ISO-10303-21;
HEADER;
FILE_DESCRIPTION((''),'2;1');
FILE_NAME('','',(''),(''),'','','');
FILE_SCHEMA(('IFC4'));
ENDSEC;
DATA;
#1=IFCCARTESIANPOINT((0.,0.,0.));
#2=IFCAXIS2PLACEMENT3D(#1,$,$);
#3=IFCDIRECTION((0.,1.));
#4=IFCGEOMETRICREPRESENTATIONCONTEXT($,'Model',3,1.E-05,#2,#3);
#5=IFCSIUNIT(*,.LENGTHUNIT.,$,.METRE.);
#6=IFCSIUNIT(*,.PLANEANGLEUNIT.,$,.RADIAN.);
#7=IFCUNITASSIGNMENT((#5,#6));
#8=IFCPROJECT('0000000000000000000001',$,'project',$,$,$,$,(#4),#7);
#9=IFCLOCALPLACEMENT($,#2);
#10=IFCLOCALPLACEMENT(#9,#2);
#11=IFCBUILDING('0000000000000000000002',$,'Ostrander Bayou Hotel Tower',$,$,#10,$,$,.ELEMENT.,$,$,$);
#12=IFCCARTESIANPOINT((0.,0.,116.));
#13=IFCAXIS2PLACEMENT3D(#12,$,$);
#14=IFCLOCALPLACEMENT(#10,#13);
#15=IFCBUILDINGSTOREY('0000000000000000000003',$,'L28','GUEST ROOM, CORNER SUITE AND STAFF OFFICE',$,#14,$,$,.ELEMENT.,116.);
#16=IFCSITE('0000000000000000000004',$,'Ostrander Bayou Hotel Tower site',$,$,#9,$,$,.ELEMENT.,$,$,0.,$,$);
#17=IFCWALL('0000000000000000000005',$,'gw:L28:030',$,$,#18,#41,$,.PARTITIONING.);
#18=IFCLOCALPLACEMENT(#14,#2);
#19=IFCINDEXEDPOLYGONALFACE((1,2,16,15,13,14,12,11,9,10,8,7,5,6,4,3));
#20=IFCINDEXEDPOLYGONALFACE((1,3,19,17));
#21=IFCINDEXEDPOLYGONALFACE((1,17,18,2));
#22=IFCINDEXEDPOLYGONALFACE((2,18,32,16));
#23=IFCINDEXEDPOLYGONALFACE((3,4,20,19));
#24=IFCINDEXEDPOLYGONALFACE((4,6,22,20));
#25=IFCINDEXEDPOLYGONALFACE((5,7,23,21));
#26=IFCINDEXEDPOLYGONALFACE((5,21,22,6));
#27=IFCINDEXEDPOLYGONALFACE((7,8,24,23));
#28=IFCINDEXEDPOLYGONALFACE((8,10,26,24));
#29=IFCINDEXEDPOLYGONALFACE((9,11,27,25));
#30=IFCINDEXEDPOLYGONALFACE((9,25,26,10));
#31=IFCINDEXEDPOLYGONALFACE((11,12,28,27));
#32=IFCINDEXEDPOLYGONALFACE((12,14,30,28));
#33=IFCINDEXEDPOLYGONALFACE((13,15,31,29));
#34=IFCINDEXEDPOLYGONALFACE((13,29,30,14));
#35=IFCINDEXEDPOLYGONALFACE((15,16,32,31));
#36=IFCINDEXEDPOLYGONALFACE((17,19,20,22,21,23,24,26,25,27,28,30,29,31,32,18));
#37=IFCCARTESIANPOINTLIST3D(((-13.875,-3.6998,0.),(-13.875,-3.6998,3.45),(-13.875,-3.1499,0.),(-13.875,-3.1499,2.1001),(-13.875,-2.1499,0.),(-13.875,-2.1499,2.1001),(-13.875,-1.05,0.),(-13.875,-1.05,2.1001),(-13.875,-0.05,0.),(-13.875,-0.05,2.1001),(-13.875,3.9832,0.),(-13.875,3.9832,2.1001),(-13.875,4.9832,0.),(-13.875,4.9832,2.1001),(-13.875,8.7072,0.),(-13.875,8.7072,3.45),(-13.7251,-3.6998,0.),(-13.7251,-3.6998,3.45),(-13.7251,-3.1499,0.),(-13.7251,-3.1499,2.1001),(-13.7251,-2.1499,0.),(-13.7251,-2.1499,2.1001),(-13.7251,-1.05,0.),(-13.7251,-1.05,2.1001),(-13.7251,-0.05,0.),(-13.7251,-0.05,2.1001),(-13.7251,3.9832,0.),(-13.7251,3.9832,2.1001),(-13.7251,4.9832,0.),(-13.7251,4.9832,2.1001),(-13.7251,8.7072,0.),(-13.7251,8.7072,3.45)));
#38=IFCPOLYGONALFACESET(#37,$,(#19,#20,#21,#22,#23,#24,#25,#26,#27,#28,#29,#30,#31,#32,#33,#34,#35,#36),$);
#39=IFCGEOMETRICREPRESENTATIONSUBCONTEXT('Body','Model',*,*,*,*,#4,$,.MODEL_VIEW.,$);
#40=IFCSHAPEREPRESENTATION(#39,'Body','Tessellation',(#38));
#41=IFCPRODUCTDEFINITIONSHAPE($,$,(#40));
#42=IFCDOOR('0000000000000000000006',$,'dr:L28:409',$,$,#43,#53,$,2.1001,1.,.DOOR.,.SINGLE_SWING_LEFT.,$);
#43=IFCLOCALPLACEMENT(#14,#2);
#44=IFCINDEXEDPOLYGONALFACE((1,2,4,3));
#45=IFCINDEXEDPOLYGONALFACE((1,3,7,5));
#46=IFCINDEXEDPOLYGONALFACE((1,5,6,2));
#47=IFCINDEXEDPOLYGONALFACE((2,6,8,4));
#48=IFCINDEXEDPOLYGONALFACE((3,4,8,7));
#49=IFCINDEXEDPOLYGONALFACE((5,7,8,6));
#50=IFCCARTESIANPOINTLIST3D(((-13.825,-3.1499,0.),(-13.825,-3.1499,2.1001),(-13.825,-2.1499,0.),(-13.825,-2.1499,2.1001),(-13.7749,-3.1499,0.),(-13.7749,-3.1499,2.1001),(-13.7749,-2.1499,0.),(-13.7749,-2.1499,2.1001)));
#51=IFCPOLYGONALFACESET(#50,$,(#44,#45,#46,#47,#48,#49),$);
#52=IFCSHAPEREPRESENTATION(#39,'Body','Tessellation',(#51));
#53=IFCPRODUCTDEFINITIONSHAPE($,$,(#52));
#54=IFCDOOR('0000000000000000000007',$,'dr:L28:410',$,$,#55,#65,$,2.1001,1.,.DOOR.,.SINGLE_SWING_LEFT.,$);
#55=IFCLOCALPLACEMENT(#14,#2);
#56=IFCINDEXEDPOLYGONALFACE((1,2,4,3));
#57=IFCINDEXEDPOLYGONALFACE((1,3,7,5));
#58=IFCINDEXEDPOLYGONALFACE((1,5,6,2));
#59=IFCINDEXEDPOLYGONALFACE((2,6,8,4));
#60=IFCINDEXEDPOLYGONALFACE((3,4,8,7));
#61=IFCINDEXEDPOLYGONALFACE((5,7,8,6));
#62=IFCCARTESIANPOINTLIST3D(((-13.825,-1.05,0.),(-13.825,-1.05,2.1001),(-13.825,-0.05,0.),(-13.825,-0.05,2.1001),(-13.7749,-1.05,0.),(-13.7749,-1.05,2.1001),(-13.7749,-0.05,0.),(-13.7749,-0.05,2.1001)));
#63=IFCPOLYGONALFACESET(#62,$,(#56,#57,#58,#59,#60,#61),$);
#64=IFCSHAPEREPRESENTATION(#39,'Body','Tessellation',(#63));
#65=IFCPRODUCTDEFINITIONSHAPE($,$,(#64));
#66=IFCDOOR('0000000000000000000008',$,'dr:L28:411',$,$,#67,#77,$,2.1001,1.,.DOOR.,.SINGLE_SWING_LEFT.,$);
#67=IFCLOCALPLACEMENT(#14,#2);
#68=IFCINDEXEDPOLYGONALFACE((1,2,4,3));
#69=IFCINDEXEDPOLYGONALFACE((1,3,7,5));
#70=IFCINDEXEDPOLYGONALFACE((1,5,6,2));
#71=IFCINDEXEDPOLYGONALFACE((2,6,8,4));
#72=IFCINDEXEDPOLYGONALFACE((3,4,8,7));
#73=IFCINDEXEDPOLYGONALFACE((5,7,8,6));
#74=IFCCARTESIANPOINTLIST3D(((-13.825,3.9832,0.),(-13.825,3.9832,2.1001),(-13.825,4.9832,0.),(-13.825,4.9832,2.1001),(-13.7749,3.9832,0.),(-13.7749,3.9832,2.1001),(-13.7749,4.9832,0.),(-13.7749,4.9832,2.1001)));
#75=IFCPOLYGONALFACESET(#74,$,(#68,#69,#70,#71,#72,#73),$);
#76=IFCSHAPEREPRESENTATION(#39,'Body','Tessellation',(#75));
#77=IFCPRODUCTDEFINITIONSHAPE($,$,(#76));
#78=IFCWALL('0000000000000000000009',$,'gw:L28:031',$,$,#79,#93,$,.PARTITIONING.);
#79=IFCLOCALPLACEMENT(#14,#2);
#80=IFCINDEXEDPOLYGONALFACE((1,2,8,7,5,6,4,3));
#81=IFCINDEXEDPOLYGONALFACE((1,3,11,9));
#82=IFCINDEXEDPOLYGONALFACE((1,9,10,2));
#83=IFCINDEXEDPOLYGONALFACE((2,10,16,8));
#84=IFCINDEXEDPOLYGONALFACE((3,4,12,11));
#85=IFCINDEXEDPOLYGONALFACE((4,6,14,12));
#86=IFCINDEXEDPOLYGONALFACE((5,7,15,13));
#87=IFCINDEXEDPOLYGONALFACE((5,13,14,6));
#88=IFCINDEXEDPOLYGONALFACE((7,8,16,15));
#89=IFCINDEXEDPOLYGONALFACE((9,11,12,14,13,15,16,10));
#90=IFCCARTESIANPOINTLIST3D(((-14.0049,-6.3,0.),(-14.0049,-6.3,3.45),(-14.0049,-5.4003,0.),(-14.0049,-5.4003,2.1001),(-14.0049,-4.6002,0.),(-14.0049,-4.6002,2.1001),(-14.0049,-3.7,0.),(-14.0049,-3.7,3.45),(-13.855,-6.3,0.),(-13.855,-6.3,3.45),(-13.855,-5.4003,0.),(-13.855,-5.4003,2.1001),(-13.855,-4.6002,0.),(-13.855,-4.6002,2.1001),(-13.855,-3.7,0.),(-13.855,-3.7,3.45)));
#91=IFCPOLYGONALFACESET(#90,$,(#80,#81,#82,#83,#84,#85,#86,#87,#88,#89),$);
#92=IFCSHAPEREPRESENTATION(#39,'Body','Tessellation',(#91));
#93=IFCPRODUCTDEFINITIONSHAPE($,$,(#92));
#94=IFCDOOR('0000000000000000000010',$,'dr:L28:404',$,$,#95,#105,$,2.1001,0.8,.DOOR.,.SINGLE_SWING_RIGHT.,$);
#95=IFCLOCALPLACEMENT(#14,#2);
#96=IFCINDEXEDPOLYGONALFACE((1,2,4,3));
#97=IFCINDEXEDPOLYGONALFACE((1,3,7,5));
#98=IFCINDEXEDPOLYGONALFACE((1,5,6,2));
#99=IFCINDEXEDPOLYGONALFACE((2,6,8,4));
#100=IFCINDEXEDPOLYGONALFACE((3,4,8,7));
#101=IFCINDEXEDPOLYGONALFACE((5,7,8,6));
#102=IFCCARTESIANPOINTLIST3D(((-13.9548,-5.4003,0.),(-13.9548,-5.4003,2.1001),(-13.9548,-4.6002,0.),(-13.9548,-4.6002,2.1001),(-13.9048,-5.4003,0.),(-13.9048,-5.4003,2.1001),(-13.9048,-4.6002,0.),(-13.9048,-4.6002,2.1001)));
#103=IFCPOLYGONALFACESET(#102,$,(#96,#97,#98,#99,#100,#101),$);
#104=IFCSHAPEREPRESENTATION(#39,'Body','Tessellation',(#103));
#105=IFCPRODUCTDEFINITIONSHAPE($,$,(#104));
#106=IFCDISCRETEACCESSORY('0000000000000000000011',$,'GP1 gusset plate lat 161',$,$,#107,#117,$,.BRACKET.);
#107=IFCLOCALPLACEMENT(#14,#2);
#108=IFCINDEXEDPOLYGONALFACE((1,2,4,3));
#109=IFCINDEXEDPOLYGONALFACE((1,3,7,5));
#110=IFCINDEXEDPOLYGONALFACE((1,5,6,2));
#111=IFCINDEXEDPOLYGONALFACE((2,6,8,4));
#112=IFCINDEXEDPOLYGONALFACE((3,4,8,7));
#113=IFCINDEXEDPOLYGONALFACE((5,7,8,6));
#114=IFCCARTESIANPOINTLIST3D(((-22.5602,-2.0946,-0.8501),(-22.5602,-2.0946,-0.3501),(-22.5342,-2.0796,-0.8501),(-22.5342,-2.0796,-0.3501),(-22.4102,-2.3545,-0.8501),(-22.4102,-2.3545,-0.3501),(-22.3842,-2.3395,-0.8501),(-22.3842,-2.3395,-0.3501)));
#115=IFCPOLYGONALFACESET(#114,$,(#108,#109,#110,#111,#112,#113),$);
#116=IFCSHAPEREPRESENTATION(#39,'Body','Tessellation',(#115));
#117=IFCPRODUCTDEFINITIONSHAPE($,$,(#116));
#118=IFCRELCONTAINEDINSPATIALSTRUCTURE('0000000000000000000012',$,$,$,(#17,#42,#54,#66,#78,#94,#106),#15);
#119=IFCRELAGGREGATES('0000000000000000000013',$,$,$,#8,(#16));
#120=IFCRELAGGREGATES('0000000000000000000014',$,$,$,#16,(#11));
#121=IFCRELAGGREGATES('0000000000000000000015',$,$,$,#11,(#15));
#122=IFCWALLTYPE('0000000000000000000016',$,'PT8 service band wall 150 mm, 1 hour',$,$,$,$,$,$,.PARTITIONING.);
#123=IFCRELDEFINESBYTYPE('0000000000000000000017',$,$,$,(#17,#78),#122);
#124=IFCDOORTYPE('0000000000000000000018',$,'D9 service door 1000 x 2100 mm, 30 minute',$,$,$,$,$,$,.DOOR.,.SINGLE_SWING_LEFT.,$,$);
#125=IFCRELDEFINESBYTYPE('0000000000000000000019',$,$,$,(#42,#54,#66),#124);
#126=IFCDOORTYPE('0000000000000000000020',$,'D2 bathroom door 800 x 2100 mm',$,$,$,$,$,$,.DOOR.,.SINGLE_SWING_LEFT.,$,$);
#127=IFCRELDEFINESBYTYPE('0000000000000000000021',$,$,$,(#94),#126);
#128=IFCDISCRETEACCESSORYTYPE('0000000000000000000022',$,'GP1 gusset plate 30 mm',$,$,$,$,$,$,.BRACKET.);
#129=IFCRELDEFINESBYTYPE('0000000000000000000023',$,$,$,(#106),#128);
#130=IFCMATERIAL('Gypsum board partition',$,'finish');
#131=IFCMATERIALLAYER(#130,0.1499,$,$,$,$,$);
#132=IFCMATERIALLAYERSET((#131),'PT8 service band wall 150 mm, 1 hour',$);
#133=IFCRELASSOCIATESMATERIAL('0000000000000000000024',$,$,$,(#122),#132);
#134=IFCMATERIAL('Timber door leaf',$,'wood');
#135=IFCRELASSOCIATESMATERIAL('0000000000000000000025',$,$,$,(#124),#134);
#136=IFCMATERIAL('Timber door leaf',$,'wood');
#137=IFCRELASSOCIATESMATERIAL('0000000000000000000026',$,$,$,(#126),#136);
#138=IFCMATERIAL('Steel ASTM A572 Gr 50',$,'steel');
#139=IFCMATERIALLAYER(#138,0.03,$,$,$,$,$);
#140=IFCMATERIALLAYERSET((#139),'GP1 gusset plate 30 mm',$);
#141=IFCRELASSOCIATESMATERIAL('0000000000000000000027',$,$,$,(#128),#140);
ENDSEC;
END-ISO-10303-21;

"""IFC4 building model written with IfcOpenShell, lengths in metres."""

from ifc_helpers import new_model, si_unit, direction, frame, frame_2d, origin, origin_2d, place, context, subcontext, project, spatial, rectangle, extrude, material, layer, layer_set, type_object, element, fill, save


model = new_model("IFC4")

# Units and contexts
model_context = context("Model", 3, precision=1e-05, world=origin(), true_north=direction((0.0, 1.0)))
body_context = subcontext(model_context, "Body", "Model", "MODEL_VIEW")
ifc_project = project(units=[si_unit("LENGTHUNIT", "METRE"), si_unit("PLANEANGLEUNIT", "RADIAN")], contexts=[model_context])

# Site, building, storey
site_placement = place(None, origin())
site = spatial("IfcSite", under=ifc_project, at=site_placement, Name="Ostrander Bayou Hotel Tower site", CompositionType="ELEMENT", RefElevation=0.0)
building_placement = place(site_placement, origin())
building = spatial("IfcBuilding", under=site, at=building_placement, Name="Ostrander Bayou Hotel Tower", CompositionType="ELEMENT")
storey_placement = place(building_placement, frame((0.0, 0.0, 116.0)))
storey = spatial("IfcBuildingStorey", under=building, at=storey_placement, Name="L28", Description="GUEST ROOM, CORNER SUITE AND STAFF OFFICE", CompositionType="ELEMENT", Elevation=116.0)

# Shared definitions
ifc_material_1 = material(Name="Gypsum board partition", Category="finish")
ifc_layer_1 = layer(ifc_material_1, 0.1499)
ifc_layer_set_1 = layer_set([ifc_layer_1], Name="PT8 service band wall 150 mm, 1 hour")
wall_type_1 = type_object("IfcWallType", Name="PT8 service band wall 150 mm, 1 hour", PredefinedType="PARTITIONING", material=ifc_layer_set_1)

# Wall, openings, doors
wall_1_placement = place(storey_placement, frame((-13.8, -3.7, 0.0), z_axis=(0.0, 0.0, 1.0), x_axis=(0.0, 1.0, 0.0)))
wall_1 = element("IfcWall", 1, at=wall_1_placement, inside=storey, type_object=wall_type_1, Name="gw:L28:030", PredefinedType="PARTITIONING", context=body_context, shape_type="SweptSolid", body=[
    extrude(rectangle(XDim=12.407, YDim=0.1499, at=frame_2d((6.2036, 0.0))), origin(), (0.0, 0.0, 1.0), 3.45),
])
opening_1_placement = place(wall_1_placement, frame((0.55, 0.0, 0.0)))
opening_1 = element("IfcOpeningElement", 2, at=opening_1_placement, cuts=wall_1, PredefinedType="OPENING", context=body_context, shape_type="SweptSolid", body=[
    extrude(rectangle(XDim=1.0, YDim=2.1001, at=frame_2d((0.5, 1.05))), frame((0.0, 0.075, 0.0), z_axis=(0.0, -1.0, 0.0), x_axis=(1.0, 0.0, 0.0)), (0.0, 0.0, 1.0), 0.1499),
])
opening_2_placement = place(wall_1_placement, frame((2.6499, 0.0, 0.0)))
opening_2 = element("IfcOpeningElement", 3, at=opening_2_placement, cuts=wall_1, PredefinedType="OPENING", context=body_context, shape_type="SweptSolid", body=[
    extrude(rectangle(XDim=1.0, YDim=2.1001, at=frame_2d((0.5, 1.05))), frame((0.0, 0.075, 0.0), z_axis=(0.0, -1.0, 0.0), x_axis=(1.0, 0.0, 0.0)), (0.0, 0.0, 1.0), 0.1499),
])
opening_3_placement = place(wall_1_placement, frame((7.6831, 0.0, 0.0)))
opening_3 = element("IfcOpeningElement", 4, at=opening_3_placement, cuts=wall_1, PredefinedType="OPENING", context=body_context, shape_type="SweptSolid", body=[
    extrude(rectangle(XDim=1.0, YDim=2.1001, at=frame_2d((0.5, 1.05))), frame((0.0, 0.075, 0.0), z_axis=(0.0, -1.0, 0.0), x_axis=(1.0, 0.0, 0.0)), (0.0, 0.0, 1.0), 0.1499),
])
ifc_material_2 = material(Name="Timber door leaf", Category="wood")
door_type_1 = type_object("IfcDoorType", Name="D9 service door 1000 x 2100 mm, 30 minute", OperationType="SINGLE_SWING_LEFT", PredefinedType="DOOR", material=ifc_material_2)
door_1_placement = place(opening_1_placement, origin())
door_1 = element("IfcDoor", 5, at=door_1_placement, inside=storey, type_object=door_type_1, Name="dr:L28:409", OperationType="SINGLE_SWING_LEFT", OverallHeight=2.1001, OverallWidth=1.0, PredefinedType="DOOR", context=body_context, shape_type="SweptSolid", body=[
    extrude(rectangle(XDim=1.0, YDim=2.1001, at=frame_2d((0.5, 1.05))), frame((0.0, 0.0249, 0.0), z_axis=(0.0, -1.0, 0.0), x_axis=(1.0, 0.0, 0.0)), (0.0, 0.0, 1.0), 0.05),
])
fill(opening_1, door_1)
door_2_placement = place(opening_2_placement, origin())
door_2 = element("IfcDoor", 6, at=door_2_placement, inside=storey, type_object=door_type_1, Name="dr:L28:410", OperationType="SINGLE_SWING_LEFT", OverallHeight=2.1001, OverallWidth=1.0, PredefinedType="DOOR", context=body_context, shape_type="SweptSolid", body=[
    extrude(rectangle(XDim=1.0, YDim=2.1001, at=frame_2d((0.5, 1.05))), frame((0.0, 0.0249, 0.0), z_axis=(0.0, -1.0, 0.0), x_axis=(1.0, 0.0, 0.0)), (0.0, 0.0, 1.0), 0.05),
])
fill(opening_2, door_2)
door_3_placement = place(opening_3_placement, origin())
door_3 = element("IfcDoor", 7, at=door_3_placement, inside=storey, type_object=door_type_1, Name="dr:L28:411", OperationType="SINGLE_SWING_LEFT", OverallHeight=2.1001, OverallWidth=1.0, PredefinedType="DOOR", context=body_context, shape_type="SweptSolid", body=[
    extrude(rectangle(XDim=1.0, YDim=2.1001, at=frame_2d((0.5, 1.05))), frame((0.0, 0.0249, 0.0), z_axis=(0.0, -1.0, 0.0), x_axis=(1.0, 0.0, 0.0)), (0.0, 0.0, 1.0), 0.05),
])
fill(opening_3, door_3)

# Wall, opening, door
wall_2_placement = place(storey_placement, frame((-13.9299, -6.3, 0.0), z_axis=(0.0, 0.0, 1.0), x_axis=(0.0, 1.0, 0.0)))
wall_2 = element("IfcWall", 8, at=wall_2_placement, inside=storey, type_object=wall_type_1, Name="gw:L28:031", PredefinedType="PARTITIONING", context=body_context, shape_type="SweptSolid", body=[
    extrude(rectangle(XDim=2.6001, YDim=0.1499, at=frame_2d((1.3, 0.0))), origin(), (0.0, 0.0, 1.0), 3.45),
])
opening_4_placement = place(wall_2_placement, frame((0.8999, 0.0, 0.0)))
opening_4 = element("IfcOpeningElement", 9, at=opening_4_placement, cuts=wall_2, PredefinedType="OPENING", context=body_context, shape_type="SweptSolid", body=[
    extrude(rectangle(XDim=0.8, YDim=2.1001, at=frame_2d((0.3999, 1.05))), frame((0.0, 0.075, 0.0), z_axis=(0.0, -1.0, 0.0), x_axis=(1.0, 0.0, 0.0)), (0.0, 0.0, 1.0), 0.1499),
])
ifc_material_3 = material(Name="Timber door leaf", Category="wood")
door_type_2 = type_object("IfcDoorType", Name="D2 bathroom door 800 x 2100 mm", OperationType="SINGLE_SWING_LEFT", PredefinedType="DOOR", material=ifc_material_3)
door_4_placement = place(opening_4_placement, origin())
door_4 = element("IfcDoor", 10, at=door_4_placement, inside=storey, type_object=door_type_2, Name="dr:L28:404", OperationType="SINGLE_SWING_RIGHT", OverallHeight=2.1001, OverallWidth=0.8, PredefinedType="DOOR", context=body_context, shape_type="SweptSolid", body=[
    extrude(rectangle(XDim=0.8, YDim=2.1001, at=frame_2d((0.3999, 1.05))), frame((0.0, 0.0249, 0.0), z_axis=(0.0, -1.0, 0.0), x_axis=(1.0, 0.0, 0.0)), (0.0, 0.0, 1.0), 0.05),
])
fill(opening_4, door_4)

# Discrete accessory
ifc_material_4 = material(Name="Steel ASTM A572 Gr 50", Category="steel")
ifc_layer_2 = layer(ifc_material_4, 0.03)
ifc_layer_set_2 = layer_set([ifc_layer_2], Name="GP1 gusset plate 30 mm")
discrete_accessory_type = type_object("IfcDiscreteAccessoryType", Name="GP1 gusset plate 30 mm", PredefinedType="BRACKET", material=ifc_layer_set_2)
discrete_accessory_placement = place(storey_placement, frame((-22.4722, -2.217, -0.8501), z_axis=(0.0, 0.0, 1.0), x_axis=(0.5, -0.866025, 0.0)))
element("IfcDiscreteAccessory", 11, at=discrete_accessory_placement, inside=storey, type_object=discrete_accessory_type, Name="GP1 gusset plate lat 161", PredefinedType="BRACKET", context=body_context, shape_type="SweptSolid", body=[
    extrude(rectangle(XDim=0.3, YDim=0.03, at=origin_2d()), origin(), (0.0, 0.0, 1.0), 0.5),
])

save(model, "model.ifc")
